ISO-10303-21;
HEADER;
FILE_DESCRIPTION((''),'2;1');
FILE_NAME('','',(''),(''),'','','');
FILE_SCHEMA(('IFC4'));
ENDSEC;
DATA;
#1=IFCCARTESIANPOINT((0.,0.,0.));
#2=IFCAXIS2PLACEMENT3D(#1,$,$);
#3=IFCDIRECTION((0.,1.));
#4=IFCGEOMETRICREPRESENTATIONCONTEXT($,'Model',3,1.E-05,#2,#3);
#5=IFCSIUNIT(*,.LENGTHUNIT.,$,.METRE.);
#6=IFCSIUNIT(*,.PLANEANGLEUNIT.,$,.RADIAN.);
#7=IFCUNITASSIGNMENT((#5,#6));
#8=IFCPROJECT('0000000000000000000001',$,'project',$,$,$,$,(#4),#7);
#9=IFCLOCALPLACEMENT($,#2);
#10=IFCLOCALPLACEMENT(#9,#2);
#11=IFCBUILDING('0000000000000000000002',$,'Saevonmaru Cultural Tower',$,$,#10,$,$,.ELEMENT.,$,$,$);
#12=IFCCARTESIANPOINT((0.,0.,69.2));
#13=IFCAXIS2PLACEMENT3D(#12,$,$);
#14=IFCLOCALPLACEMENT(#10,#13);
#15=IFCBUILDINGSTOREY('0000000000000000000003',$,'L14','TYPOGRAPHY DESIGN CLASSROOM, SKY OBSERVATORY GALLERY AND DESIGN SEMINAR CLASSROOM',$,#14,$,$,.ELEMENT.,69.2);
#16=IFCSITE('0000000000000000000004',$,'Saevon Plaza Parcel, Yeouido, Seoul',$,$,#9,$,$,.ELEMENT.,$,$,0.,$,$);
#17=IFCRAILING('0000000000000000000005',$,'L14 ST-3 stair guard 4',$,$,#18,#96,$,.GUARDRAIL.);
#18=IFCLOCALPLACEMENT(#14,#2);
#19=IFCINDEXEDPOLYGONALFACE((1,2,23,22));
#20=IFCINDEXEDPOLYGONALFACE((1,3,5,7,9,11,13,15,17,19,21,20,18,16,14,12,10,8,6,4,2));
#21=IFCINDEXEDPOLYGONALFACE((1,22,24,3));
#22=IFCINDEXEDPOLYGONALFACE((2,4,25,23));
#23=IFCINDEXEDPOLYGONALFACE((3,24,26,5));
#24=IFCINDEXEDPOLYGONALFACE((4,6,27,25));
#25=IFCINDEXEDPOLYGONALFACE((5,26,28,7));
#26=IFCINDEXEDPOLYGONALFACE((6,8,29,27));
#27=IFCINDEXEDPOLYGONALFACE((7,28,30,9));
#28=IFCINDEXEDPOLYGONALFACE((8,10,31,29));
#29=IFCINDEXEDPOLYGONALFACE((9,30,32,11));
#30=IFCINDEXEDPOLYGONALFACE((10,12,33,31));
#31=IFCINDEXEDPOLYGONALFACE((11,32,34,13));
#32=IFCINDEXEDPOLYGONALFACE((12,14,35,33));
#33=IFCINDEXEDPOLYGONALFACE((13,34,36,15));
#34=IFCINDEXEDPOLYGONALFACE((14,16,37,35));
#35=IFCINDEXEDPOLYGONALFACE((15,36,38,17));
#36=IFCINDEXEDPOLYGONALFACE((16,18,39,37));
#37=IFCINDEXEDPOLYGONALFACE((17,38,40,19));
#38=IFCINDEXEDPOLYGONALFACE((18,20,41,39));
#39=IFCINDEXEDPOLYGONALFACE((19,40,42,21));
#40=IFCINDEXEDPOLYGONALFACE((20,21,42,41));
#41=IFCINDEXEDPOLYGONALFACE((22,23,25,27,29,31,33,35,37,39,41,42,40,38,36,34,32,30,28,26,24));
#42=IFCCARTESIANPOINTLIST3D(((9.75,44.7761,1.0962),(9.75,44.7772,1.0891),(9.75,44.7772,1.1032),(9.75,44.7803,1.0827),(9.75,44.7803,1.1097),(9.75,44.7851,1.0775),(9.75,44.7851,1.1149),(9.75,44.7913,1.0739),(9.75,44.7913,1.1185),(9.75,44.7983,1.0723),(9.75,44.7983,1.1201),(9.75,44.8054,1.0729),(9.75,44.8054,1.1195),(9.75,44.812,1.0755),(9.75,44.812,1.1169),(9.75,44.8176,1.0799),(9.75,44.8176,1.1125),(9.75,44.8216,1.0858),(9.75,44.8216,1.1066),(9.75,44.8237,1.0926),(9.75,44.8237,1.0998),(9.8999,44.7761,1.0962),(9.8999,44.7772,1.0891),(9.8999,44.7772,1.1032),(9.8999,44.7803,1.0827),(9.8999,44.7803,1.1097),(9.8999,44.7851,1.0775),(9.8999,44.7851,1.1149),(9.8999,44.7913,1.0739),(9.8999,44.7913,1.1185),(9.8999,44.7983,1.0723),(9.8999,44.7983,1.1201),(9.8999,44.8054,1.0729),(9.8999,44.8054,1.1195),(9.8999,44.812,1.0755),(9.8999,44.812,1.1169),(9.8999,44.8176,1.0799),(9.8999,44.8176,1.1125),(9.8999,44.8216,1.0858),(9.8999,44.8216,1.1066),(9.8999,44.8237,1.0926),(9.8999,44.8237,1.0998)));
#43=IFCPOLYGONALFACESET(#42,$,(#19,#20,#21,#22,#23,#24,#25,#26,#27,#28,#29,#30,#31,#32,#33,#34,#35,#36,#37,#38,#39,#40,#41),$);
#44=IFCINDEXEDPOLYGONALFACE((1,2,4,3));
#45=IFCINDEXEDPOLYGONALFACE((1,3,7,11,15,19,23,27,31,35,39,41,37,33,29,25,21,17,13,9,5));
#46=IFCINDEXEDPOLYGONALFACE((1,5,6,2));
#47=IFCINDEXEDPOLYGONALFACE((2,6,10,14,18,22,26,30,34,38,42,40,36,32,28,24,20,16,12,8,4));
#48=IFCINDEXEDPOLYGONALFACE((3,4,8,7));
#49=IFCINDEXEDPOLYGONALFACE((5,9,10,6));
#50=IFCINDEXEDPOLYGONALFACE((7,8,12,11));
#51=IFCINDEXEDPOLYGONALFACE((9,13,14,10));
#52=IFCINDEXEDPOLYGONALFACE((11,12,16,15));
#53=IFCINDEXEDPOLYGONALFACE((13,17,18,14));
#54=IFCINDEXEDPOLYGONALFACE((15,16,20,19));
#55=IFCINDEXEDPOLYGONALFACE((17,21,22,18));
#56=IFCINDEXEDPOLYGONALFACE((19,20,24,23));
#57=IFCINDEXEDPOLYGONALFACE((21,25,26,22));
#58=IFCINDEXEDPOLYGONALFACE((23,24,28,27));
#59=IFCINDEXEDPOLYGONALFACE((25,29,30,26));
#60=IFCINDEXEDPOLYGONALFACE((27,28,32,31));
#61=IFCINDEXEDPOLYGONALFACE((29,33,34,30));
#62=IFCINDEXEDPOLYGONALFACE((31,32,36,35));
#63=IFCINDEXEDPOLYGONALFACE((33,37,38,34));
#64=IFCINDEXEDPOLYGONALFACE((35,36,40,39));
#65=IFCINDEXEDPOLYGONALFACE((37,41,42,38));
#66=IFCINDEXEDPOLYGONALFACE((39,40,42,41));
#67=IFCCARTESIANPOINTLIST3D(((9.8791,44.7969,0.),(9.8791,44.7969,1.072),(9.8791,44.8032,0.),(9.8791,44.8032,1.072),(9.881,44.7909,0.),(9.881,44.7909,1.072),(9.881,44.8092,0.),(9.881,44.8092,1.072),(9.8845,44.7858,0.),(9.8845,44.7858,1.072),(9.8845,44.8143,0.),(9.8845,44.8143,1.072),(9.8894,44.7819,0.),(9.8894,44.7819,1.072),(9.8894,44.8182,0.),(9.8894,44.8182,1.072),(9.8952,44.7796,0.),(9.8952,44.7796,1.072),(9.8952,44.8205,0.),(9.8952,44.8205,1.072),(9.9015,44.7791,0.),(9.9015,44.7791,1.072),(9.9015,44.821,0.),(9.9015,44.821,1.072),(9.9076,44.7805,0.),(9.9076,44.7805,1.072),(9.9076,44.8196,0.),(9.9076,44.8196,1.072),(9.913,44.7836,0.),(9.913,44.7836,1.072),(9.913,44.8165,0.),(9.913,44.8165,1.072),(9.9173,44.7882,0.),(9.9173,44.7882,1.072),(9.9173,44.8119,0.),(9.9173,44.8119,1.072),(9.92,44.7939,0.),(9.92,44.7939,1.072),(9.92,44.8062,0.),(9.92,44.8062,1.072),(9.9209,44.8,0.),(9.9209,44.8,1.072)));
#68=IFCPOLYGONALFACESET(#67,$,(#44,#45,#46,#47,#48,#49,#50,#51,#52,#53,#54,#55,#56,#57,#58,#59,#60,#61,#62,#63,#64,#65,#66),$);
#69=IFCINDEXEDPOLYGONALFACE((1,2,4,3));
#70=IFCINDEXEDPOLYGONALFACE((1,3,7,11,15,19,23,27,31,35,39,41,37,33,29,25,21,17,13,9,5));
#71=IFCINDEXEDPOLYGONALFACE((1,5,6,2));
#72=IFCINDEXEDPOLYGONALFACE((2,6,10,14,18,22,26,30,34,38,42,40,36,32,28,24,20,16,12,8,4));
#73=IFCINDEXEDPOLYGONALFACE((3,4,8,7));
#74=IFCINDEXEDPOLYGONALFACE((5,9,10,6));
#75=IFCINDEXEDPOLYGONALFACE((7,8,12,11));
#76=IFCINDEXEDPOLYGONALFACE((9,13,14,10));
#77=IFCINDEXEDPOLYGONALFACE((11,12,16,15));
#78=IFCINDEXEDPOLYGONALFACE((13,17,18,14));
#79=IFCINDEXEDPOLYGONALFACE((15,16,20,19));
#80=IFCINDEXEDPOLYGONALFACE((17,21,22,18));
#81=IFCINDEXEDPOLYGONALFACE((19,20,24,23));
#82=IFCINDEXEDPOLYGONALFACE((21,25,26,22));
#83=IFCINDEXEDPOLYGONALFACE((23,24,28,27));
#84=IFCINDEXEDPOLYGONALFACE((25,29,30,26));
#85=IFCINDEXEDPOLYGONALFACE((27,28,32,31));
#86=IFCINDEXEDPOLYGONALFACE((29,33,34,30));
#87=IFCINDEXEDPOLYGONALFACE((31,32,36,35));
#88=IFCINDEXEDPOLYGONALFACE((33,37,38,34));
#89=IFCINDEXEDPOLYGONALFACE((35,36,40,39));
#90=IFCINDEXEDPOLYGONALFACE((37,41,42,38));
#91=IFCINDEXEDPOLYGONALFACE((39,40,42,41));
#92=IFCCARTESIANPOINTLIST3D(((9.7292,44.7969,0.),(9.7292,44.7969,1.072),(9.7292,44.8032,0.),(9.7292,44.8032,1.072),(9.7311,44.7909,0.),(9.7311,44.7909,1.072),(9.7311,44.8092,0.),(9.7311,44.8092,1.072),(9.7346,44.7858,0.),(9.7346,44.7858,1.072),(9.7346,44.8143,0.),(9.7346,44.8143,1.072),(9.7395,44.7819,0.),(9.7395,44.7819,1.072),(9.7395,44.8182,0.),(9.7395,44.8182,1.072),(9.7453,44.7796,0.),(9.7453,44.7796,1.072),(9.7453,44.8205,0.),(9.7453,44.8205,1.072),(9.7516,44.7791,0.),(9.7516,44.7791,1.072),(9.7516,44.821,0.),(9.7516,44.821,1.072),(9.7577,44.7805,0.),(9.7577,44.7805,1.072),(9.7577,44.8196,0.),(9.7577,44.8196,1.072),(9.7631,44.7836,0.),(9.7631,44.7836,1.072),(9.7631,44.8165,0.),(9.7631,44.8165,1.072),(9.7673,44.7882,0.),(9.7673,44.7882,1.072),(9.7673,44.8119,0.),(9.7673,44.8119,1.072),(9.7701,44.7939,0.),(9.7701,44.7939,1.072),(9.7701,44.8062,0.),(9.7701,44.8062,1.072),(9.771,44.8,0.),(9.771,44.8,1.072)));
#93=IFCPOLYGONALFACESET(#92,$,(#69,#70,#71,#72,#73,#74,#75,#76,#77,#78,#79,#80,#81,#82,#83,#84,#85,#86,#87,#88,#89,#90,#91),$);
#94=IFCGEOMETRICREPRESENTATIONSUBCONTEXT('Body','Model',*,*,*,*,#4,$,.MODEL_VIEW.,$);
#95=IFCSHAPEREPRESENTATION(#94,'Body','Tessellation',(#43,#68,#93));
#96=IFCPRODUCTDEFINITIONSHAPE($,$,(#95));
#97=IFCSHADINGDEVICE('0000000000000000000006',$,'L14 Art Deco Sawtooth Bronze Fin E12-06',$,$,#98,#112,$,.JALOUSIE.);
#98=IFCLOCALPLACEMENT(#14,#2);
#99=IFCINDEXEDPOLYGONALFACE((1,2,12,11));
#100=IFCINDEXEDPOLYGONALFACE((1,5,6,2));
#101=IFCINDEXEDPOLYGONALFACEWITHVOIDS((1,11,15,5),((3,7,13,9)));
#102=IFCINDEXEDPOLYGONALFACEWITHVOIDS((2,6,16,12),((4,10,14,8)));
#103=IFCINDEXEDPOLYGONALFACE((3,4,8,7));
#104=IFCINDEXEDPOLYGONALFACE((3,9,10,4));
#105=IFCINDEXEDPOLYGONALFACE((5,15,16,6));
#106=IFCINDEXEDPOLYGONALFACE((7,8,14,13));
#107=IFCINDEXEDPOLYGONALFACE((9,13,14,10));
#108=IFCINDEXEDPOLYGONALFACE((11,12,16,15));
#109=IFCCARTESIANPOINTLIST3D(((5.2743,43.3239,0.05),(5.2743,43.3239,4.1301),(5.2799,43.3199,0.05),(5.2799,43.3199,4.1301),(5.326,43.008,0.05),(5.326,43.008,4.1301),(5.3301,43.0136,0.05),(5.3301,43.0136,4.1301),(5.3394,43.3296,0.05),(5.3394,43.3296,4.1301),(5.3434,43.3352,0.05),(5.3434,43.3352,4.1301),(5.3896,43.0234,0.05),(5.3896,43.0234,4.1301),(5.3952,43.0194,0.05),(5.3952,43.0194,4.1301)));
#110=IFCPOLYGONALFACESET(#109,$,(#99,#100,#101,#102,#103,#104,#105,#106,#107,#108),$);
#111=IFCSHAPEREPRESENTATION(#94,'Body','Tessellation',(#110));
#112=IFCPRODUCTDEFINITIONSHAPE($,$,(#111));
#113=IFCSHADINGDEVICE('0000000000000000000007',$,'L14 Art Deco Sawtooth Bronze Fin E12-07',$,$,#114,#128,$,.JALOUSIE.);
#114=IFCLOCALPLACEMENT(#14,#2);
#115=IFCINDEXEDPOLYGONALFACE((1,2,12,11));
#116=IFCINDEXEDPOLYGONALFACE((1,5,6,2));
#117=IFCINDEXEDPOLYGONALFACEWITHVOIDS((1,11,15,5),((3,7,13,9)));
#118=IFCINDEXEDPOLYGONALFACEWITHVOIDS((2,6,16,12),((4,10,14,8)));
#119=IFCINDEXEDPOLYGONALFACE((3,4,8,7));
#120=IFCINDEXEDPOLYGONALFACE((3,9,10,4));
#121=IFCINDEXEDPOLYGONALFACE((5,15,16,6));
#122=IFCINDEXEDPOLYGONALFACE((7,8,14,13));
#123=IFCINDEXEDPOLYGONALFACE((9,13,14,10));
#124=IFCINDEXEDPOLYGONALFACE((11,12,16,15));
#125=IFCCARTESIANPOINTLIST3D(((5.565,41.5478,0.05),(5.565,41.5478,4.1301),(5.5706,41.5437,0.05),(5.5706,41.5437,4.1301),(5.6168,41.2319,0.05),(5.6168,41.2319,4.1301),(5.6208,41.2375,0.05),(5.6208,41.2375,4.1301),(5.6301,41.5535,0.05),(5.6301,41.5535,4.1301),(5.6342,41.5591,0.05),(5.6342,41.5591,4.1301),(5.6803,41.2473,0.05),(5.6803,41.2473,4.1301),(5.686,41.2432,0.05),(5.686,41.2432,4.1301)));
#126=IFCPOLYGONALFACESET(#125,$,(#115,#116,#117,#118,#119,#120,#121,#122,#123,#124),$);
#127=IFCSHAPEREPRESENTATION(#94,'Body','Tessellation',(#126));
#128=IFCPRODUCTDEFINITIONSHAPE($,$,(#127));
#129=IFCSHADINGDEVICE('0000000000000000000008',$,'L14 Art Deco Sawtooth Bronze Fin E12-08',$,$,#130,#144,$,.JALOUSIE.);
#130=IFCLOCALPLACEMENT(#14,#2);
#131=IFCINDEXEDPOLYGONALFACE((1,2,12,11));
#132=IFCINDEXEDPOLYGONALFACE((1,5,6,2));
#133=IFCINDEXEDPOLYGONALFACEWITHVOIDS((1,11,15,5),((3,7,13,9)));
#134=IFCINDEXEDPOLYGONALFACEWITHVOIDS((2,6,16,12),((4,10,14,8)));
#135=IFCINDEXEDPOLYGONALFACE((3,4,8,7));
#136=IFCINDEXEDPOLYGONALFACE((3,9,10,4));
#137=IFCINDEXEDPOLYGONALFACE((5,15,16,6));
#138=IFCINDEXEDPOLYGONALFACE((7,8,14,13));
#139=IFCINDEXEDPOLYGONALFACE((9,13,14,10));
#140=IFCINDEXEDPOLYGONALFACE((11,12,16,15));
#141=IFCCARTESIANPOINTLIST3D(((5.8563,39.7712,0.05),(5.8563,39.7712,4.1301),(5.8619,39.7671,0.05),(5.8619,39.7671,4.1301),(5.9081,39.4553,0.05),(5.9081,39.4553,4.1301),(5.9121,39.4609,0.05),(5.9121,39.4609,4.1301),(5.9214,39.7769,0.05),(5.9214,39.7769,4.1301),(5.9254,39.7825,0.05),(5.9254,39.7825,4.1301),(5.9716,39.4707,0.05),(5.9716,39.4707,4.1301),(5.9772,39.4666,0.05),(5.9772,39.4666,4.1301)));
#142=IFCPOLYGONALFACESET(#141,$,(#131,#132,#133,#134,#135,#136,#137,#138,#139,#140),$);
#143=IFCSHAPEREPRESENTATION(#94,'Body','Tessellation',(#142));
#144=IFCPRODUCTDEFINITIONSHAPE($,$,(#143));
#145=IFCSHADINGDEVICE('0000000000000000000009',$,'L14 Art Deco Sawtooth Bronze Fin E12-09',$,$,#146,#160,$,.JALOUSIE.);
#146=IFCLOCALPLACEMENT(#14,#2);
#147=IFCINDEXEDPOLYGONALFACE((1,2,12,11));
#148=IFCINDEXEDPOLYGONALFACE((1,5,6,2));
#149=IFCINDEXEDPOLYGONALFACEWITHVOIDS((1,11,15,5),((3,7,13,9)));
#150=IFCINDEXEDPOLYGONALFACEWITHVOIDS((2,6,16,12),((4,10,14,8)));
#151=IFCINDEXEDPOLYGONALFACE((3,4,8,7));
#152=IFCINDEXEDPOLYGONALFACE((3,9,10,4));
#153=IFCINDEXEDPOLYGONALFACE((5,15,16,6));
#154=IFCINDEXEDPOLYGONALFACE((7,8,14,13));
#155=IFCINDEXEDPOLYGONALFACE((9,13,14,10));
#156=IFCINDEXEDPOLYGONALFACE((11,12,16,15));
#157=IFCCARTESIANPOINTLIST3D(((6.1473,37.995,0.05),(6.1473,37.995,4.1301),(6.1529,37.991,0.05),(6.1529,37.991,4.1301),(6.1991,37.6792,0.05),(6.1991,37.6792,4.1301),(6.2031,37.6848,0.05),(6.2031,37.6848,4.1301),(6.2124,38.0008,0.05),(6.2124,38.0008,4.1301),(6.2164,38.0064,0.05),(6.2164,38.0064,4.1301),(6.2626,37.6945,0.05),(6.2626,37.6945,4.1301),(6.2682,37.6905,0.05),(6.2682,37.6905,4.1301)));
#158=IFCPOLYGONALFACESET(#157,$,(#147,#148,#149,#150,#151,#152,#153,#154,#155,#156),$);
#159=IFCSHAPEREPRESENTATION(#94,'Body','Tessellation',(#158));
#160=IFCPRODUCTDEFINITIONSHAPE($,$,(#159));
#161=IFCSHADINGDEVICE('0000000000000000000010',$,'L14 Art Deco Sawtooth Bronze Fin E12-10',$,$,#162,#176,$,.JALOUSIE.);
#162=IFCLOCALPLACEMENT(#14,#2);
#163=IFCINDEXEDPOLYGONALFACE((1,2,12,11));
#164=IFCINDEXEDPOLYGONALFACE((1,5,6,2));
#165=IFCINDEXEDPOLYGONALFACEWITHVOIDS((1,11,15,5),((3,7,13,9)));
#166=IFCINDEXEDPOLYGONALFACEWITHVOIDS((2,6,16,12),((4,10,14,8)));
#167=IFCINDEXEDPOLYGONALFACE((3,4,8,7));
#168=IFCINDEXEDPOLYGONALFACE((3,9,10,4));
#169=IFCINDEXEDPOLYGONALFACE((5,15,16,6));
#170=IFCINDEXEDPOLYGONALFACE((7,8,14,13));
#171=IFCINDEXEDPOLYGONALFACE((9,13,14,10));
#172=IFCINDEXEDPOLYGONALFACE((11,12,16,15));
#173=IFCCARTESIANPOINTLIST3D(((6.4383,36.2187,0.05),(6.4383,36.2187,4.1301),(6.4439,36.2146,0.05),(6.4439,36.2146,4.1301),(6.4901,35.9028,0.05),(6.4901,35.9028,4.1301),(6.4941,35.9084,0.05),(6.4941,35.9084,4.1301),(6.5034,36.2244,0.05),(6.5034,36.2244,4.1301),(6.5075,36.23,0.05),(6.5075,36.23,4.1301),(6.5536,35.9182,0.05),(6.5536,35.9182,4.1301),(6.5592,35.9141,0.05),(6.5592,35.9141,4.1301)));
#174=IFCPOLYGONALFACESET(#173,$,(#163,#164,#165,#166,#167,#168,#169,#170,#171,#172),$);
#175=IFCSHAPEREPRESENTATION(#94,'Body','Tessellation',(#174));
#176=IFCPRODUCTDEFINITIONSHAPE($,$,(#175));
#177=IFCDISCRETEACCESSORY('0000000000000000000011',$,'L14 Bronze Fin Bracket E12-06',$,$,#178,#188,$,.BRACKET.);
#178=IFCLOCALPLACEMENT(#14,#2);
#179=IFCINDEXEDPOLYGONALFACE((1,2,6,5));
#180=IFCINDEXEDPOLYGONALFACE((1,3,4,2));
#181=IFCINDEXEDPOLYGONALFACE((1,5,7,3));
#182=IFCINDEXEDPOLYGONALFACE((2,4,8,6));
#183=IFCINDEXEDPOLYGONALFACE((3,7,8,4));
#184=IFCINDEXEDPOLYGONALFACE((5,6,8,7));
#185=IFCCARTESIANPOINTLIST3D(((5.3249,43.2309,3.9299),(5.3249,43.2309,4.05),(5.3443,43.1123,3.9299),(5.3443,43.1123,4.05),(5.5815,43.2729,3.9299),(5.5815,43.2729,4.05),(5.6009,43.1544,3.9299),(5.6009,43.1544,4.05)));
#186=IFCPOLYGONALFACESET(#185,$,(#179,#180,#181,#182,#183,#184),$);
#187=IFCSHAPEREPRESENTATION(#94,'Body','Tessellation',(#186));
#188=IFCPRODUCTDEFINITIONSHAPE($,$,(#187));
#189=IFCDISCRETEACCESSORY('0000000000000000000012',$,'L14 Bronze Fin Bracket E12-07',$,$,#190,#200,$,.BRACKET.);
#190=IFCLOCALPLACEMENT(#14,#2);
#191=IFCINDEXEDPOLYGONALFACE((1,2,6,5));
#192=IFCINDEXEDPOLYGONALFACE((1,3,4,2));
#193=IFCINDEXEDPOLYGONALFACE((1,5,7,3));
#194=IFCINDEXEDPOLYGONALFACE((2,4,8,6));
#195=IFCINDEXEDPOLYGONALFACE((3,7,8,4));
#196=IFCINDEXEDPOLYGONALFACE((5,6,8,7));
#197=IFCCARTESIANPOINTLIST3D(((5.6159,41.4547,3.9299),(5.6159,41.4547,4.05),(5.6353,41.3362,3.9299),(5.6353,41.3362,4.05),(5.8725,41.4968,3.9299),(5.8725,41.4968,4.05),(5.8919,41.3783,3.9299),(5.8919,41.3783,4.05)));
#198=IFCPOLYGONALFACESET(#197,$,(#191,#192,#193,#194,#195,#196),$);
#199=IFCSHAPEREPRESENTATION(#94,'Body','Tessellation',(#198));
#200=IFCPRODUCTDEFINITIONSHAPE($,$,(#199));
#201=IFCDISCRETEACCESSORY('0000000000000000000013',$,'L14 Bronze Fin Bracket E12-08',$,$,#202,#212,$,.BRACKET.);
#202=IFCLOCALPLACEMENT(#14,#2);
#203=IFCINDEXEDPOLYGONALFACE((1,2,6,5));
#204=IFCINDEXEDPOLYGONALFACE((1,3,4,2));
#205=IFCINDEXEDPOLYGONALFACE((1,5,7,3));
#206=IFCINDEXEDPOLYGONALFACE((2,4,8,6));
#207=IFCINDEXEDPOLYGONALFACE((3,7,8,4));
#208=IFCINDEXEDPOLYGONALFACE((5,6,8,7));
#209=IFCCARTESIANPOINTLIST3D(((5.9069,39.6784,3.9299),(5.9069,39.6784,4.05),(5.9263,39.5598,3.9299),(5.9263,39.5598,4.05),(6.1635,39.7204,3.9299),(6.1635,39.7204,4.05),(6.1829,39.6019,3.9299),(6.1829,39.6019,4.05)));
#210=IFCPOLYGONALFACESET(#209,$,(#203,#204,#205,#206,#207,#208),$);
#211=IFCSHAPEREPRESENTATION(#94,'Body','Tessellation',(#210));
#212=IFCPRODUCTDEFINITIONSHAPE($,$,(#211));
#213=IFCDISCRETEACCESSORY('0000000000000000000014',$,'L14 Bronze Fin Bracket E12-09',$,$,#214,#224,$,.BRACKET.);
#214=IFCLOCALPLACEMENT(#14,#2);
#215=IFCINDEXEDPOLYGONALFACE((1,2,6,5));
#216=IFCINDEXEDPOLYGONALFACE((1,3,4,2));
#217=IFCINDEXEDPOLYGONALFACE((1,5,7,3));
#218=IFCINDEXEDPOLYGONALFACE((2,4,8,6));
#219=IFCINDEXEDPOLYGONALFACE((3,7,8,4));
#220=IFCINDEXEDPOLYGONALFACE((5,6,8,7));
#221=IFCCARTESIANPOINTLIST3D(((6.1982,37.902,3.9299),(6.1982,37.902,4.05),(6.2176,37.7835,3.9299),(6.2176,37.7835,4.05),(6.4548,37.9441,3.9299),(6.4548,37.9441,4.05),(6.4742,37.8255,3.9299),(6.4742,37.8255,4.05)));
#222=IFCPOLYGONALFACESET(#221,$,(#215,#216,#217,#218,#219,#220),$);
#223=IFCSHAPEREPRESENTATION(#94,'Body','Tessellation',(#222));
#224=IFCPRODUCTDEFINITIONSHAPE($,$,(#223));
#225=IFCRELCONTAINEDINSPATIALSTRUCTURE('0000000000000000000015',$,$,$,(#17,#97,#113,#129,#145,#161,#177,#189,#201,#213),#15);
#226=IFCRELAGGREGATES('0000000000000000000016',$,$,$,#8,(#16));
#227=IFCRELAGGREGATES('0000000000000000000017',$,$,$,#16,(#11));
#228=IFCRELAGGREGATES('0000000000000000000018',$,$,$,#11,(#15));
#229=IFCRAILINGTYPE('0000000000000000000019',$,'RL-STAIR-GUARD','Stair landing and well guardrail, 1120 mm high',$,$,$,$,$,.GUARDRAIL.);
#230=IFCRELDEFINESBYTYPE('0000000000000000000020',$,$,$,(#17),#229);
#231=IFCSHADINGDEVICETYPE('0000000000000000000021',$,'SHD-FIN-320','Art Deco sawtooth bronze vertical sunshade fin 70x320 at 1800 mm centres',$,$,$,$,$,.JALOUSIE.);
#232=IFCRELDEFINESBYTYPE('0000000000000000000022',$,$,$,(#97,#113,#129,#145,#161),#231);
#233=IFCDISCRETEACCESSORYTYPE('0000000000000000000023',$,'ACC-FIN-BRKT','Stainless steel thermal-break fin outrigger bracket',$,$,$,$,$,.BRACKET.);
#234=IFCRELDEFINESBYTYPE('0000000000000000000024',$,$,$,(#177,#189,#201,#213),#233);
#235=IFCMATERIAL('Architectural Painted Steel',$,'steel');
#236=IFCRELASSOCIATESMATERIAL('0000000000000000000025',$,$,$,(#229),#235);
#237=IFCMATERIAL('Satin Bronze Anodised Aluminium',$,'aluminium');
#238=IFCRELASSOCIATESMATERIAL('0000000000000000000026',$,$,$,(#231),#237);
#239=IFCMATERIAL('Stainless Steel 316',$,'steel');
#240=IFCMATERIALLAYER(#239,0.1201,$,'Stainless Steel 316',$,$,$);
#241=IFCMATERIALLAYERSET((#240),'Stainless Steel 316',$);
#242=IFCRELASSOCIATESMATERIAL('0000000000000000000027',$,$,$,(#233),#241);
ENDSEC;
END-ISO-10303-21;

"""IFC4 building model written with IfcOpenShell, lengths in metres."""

from ifc_helpers import new_model, si_unit, direction, frame, origin, origin_2d, place, context, subcontext, project, spatial, rectangle, hollow_rectangle, circle, extrude, material, layer, layer_set, material_profile, profile_set, type_object, element, save


model = new_model("IFC4")

# Units and contexts
model_context = context("Model", 3, precision=1e-05, world=origin(), true_north=direction((0.0, 1.0)))
body_context = subcontext(model_context, "Body", "Model", "MODEL_VIEW")
ifc_project = project(units=[si_unit("LENGTHUNIT", "METRE"), si_unit("PLANEANGLEUNIT", "RADIAN")], contexts=[model_context])

# Site, building, storey
site_placement = place(None, origin())
site = spatial("IfcSite", under=ifc_project, at=site_placement, Name="Saevon Plaza Parcel, Yeouido, Seoul", CompositionType="ELEMENT", RefElevation=0.0)
building_placement = place(site_placement, origin())
building = spatial("IfcBuilding", under=site, at=building_placement, Name="Saevonmaru Cultural Tower", CompositionType="ELEMENT")
storey_placement = place(building_placement, frame((0.0, 0.0, 69.2)))
storey = spatial("IfcBuildingStorey", under=building, at=storey_placement, Name="L14", Description="TYPOGRAPHY DESIGN CLASSROOM, SKY OBSERVATORY GALLERY AND DESIGN SEMINAR CLASSROOM", CompositionType="ELEMENT", Elevation=69.2)

# Shared definitions
ifc_material_1 = material(Name="Satin Bronze Anodised Aluminium", Category="aluminium")

# Railing
ifc_material_2 = material(Name="Architectural Painted Steel", Category="steel")
railing_type = type_object("IfcRailingType", Name="RL-STAIR-GUARD", Description="Stair landing and well guardrail, 1120 mm high", PredefinedType="GUARDRAIL", material=ifc_material_2)
railing_1_placement = place(storey_placement, frame((9.8999, 44.8, 0.0)))
element("IfcRailing", 1, at=railing_1_placement, inside=storey, type_object=railing_type, Name="L14 ST-3 stair guard 4", PredefinedType="GUARDRAIL", context=body_context, shape_type="SweptSolid", body=[
    extrude(circle(Radius=0.0239, at=origin_2d()), frame((0.0, 0.0, 1.0962), z_axis=(-1.0, 0.0, 0.0), x_axis=(0.0, -1.0, 0.0)), (0.0, 0.0, 1.0), 0.1499),
    extrude(circle(Radius=0.021, at=origin_2d()), origin(), (0.0, 0.0, 1.0), 1.072),
    extrude(circle(Radius=0.021, at=origin_2d()), frame((-0.1499, 0.0, 0.0)), (0.0, 0.0, 1.0), 1.072),
])

# Shading devices
ifc_material_profile_1 = material_profile(ifc_material_1, hollow_rectangle(XDim=0.0701, YDim=0.3201, WallThickness=0.0049, at=origin_2d()), Name="FIN-320x70")
ifc_profile_set_1 = profile_set([ifc_material_profile_1], Name="Satin Bronze Anodised Aluminium")
shading_device_type = type_object("IfcShadingDeviceType", Name="SHD-FIN-320", Description="Art Deco sawtooth bronze vertical sunshade fin 70x320 at 1800 mm centres", PredefinedType="JALOUSIE", material=ifc_profile_set_1)
for number, where, z_axis, x_axis, name in (
    (2, (5.3347, 43.1716, 0.05), (0.0, 0.0, 1.0), (-0.986827, -0.161776, 0.0), "L14 Art Deco Sawtooth Bronze Fin E12-06"),
    (3, (5.6255, 41.3955, 0.05), (0.0, 0.0, 1.0), (-0.986827, -0.161776, 0.0), "L14 Art Deco Sawtooth Bronze Fin E12-07"),
    (4, (5.9167, 39.6189, 0.05), (0.0, 0.0, 1.0), (-0.986827, -0.161776, 0.0), "L14 Art Deco Sawtooth Bronze Fin E12-08"),
    (5, (6.2078, 37.8428, 0.05), (0.0, 0.0, 1.0), (-0.986827, -0.161776, 0.0), "L14 Art Deco Sawtooth Bronze Fin E12-09"),
    (6, (6.4988, 36.0664, 0.05), (0.0, 0.0, 1.0), (-0.986827, -0.161776, 0.0), "L14 Art Deco Sawtooth Bronze Fin E12-10"),
):
    element("IfcShadingDevice", number, at=place(storey_placement, frame(where, z_axis=z_axis, x_axis=x_axis)), inside=storey, type_object=shading_device_type, Name=name, PredefinedType="JALOUSIE", context=body_context, shape_type="SweptSolid", body=[
        extrude(hollow_rectangle(XDim=0.0701, YDim=0.3201, WallThickness=0.0049, at=origin_2d()), origin(), (0.0, 0.0, 1.0), 4.0801),
    ])

# Discrete accessories
ifc_material_3 = material(Name="Stainless Steel 316", Category="steel")
ifc_layer_1 = layer(ifc_material_3, 0.1201, Name="Stainless Steel 316")
ifc_layer_set_1 = layer_set([ifc_layer_1], Name="Stainless Steel 316")
discrete_accessory_type = type_object("IfcDiscreteAccessoryType", Name="ACC-FIN-BRKT", Description="Stainless steel thermal-break fin outrigger bracket", PredefinedType="BRACKET", material=ifc_layer_set_1)
for number, where, z_axis, x_axis, name in (
    (7, (5.4629, 43.1926, 3.9299), (0.0, 0.0, 1.0), (-0.986827, -0.161776, 0.0), "L14 Bronze Fin Bracket E12-06"),
    (8, (5.7539, 41.4165, 3.9299), (0.0, 0.0, 1.0), (-0.986827, -0.161776, 0.0), "L14 Bronze Fin Bracket E12-07"),
    (9, (6.0449, 39.6401, 3.9299), (0.0, 0.0, 1.0), (-0.986827, -0.161776, 0.0), "L14 Bronze Fin Bracket E12-08"),
    (10, (6.3362, 37.8638, 3.9299), (0.0, 0.0, 1.0), (-0.986827, -0.161776, 0.0), "L14 Bronze Fin Bracket E12-09"),
):
    element("IfcDiscreteAccessory", number, at=place(storey_placement, frame(where, z_axis=z_axis, x_axis=x_axis)), inside=storey, type_object=discrete_accessory_type, Name=name, PredefinedType="BRACKET", context=body_context, shape_type="SweptSolid", body=[
        extrude(rectangle(XDim=0.26, YDim=0.1201, at=origin_2d()), origin(), (0.0, 0.0, 1.0), 0.1201),
    ])

save(model, "model.ifc")
